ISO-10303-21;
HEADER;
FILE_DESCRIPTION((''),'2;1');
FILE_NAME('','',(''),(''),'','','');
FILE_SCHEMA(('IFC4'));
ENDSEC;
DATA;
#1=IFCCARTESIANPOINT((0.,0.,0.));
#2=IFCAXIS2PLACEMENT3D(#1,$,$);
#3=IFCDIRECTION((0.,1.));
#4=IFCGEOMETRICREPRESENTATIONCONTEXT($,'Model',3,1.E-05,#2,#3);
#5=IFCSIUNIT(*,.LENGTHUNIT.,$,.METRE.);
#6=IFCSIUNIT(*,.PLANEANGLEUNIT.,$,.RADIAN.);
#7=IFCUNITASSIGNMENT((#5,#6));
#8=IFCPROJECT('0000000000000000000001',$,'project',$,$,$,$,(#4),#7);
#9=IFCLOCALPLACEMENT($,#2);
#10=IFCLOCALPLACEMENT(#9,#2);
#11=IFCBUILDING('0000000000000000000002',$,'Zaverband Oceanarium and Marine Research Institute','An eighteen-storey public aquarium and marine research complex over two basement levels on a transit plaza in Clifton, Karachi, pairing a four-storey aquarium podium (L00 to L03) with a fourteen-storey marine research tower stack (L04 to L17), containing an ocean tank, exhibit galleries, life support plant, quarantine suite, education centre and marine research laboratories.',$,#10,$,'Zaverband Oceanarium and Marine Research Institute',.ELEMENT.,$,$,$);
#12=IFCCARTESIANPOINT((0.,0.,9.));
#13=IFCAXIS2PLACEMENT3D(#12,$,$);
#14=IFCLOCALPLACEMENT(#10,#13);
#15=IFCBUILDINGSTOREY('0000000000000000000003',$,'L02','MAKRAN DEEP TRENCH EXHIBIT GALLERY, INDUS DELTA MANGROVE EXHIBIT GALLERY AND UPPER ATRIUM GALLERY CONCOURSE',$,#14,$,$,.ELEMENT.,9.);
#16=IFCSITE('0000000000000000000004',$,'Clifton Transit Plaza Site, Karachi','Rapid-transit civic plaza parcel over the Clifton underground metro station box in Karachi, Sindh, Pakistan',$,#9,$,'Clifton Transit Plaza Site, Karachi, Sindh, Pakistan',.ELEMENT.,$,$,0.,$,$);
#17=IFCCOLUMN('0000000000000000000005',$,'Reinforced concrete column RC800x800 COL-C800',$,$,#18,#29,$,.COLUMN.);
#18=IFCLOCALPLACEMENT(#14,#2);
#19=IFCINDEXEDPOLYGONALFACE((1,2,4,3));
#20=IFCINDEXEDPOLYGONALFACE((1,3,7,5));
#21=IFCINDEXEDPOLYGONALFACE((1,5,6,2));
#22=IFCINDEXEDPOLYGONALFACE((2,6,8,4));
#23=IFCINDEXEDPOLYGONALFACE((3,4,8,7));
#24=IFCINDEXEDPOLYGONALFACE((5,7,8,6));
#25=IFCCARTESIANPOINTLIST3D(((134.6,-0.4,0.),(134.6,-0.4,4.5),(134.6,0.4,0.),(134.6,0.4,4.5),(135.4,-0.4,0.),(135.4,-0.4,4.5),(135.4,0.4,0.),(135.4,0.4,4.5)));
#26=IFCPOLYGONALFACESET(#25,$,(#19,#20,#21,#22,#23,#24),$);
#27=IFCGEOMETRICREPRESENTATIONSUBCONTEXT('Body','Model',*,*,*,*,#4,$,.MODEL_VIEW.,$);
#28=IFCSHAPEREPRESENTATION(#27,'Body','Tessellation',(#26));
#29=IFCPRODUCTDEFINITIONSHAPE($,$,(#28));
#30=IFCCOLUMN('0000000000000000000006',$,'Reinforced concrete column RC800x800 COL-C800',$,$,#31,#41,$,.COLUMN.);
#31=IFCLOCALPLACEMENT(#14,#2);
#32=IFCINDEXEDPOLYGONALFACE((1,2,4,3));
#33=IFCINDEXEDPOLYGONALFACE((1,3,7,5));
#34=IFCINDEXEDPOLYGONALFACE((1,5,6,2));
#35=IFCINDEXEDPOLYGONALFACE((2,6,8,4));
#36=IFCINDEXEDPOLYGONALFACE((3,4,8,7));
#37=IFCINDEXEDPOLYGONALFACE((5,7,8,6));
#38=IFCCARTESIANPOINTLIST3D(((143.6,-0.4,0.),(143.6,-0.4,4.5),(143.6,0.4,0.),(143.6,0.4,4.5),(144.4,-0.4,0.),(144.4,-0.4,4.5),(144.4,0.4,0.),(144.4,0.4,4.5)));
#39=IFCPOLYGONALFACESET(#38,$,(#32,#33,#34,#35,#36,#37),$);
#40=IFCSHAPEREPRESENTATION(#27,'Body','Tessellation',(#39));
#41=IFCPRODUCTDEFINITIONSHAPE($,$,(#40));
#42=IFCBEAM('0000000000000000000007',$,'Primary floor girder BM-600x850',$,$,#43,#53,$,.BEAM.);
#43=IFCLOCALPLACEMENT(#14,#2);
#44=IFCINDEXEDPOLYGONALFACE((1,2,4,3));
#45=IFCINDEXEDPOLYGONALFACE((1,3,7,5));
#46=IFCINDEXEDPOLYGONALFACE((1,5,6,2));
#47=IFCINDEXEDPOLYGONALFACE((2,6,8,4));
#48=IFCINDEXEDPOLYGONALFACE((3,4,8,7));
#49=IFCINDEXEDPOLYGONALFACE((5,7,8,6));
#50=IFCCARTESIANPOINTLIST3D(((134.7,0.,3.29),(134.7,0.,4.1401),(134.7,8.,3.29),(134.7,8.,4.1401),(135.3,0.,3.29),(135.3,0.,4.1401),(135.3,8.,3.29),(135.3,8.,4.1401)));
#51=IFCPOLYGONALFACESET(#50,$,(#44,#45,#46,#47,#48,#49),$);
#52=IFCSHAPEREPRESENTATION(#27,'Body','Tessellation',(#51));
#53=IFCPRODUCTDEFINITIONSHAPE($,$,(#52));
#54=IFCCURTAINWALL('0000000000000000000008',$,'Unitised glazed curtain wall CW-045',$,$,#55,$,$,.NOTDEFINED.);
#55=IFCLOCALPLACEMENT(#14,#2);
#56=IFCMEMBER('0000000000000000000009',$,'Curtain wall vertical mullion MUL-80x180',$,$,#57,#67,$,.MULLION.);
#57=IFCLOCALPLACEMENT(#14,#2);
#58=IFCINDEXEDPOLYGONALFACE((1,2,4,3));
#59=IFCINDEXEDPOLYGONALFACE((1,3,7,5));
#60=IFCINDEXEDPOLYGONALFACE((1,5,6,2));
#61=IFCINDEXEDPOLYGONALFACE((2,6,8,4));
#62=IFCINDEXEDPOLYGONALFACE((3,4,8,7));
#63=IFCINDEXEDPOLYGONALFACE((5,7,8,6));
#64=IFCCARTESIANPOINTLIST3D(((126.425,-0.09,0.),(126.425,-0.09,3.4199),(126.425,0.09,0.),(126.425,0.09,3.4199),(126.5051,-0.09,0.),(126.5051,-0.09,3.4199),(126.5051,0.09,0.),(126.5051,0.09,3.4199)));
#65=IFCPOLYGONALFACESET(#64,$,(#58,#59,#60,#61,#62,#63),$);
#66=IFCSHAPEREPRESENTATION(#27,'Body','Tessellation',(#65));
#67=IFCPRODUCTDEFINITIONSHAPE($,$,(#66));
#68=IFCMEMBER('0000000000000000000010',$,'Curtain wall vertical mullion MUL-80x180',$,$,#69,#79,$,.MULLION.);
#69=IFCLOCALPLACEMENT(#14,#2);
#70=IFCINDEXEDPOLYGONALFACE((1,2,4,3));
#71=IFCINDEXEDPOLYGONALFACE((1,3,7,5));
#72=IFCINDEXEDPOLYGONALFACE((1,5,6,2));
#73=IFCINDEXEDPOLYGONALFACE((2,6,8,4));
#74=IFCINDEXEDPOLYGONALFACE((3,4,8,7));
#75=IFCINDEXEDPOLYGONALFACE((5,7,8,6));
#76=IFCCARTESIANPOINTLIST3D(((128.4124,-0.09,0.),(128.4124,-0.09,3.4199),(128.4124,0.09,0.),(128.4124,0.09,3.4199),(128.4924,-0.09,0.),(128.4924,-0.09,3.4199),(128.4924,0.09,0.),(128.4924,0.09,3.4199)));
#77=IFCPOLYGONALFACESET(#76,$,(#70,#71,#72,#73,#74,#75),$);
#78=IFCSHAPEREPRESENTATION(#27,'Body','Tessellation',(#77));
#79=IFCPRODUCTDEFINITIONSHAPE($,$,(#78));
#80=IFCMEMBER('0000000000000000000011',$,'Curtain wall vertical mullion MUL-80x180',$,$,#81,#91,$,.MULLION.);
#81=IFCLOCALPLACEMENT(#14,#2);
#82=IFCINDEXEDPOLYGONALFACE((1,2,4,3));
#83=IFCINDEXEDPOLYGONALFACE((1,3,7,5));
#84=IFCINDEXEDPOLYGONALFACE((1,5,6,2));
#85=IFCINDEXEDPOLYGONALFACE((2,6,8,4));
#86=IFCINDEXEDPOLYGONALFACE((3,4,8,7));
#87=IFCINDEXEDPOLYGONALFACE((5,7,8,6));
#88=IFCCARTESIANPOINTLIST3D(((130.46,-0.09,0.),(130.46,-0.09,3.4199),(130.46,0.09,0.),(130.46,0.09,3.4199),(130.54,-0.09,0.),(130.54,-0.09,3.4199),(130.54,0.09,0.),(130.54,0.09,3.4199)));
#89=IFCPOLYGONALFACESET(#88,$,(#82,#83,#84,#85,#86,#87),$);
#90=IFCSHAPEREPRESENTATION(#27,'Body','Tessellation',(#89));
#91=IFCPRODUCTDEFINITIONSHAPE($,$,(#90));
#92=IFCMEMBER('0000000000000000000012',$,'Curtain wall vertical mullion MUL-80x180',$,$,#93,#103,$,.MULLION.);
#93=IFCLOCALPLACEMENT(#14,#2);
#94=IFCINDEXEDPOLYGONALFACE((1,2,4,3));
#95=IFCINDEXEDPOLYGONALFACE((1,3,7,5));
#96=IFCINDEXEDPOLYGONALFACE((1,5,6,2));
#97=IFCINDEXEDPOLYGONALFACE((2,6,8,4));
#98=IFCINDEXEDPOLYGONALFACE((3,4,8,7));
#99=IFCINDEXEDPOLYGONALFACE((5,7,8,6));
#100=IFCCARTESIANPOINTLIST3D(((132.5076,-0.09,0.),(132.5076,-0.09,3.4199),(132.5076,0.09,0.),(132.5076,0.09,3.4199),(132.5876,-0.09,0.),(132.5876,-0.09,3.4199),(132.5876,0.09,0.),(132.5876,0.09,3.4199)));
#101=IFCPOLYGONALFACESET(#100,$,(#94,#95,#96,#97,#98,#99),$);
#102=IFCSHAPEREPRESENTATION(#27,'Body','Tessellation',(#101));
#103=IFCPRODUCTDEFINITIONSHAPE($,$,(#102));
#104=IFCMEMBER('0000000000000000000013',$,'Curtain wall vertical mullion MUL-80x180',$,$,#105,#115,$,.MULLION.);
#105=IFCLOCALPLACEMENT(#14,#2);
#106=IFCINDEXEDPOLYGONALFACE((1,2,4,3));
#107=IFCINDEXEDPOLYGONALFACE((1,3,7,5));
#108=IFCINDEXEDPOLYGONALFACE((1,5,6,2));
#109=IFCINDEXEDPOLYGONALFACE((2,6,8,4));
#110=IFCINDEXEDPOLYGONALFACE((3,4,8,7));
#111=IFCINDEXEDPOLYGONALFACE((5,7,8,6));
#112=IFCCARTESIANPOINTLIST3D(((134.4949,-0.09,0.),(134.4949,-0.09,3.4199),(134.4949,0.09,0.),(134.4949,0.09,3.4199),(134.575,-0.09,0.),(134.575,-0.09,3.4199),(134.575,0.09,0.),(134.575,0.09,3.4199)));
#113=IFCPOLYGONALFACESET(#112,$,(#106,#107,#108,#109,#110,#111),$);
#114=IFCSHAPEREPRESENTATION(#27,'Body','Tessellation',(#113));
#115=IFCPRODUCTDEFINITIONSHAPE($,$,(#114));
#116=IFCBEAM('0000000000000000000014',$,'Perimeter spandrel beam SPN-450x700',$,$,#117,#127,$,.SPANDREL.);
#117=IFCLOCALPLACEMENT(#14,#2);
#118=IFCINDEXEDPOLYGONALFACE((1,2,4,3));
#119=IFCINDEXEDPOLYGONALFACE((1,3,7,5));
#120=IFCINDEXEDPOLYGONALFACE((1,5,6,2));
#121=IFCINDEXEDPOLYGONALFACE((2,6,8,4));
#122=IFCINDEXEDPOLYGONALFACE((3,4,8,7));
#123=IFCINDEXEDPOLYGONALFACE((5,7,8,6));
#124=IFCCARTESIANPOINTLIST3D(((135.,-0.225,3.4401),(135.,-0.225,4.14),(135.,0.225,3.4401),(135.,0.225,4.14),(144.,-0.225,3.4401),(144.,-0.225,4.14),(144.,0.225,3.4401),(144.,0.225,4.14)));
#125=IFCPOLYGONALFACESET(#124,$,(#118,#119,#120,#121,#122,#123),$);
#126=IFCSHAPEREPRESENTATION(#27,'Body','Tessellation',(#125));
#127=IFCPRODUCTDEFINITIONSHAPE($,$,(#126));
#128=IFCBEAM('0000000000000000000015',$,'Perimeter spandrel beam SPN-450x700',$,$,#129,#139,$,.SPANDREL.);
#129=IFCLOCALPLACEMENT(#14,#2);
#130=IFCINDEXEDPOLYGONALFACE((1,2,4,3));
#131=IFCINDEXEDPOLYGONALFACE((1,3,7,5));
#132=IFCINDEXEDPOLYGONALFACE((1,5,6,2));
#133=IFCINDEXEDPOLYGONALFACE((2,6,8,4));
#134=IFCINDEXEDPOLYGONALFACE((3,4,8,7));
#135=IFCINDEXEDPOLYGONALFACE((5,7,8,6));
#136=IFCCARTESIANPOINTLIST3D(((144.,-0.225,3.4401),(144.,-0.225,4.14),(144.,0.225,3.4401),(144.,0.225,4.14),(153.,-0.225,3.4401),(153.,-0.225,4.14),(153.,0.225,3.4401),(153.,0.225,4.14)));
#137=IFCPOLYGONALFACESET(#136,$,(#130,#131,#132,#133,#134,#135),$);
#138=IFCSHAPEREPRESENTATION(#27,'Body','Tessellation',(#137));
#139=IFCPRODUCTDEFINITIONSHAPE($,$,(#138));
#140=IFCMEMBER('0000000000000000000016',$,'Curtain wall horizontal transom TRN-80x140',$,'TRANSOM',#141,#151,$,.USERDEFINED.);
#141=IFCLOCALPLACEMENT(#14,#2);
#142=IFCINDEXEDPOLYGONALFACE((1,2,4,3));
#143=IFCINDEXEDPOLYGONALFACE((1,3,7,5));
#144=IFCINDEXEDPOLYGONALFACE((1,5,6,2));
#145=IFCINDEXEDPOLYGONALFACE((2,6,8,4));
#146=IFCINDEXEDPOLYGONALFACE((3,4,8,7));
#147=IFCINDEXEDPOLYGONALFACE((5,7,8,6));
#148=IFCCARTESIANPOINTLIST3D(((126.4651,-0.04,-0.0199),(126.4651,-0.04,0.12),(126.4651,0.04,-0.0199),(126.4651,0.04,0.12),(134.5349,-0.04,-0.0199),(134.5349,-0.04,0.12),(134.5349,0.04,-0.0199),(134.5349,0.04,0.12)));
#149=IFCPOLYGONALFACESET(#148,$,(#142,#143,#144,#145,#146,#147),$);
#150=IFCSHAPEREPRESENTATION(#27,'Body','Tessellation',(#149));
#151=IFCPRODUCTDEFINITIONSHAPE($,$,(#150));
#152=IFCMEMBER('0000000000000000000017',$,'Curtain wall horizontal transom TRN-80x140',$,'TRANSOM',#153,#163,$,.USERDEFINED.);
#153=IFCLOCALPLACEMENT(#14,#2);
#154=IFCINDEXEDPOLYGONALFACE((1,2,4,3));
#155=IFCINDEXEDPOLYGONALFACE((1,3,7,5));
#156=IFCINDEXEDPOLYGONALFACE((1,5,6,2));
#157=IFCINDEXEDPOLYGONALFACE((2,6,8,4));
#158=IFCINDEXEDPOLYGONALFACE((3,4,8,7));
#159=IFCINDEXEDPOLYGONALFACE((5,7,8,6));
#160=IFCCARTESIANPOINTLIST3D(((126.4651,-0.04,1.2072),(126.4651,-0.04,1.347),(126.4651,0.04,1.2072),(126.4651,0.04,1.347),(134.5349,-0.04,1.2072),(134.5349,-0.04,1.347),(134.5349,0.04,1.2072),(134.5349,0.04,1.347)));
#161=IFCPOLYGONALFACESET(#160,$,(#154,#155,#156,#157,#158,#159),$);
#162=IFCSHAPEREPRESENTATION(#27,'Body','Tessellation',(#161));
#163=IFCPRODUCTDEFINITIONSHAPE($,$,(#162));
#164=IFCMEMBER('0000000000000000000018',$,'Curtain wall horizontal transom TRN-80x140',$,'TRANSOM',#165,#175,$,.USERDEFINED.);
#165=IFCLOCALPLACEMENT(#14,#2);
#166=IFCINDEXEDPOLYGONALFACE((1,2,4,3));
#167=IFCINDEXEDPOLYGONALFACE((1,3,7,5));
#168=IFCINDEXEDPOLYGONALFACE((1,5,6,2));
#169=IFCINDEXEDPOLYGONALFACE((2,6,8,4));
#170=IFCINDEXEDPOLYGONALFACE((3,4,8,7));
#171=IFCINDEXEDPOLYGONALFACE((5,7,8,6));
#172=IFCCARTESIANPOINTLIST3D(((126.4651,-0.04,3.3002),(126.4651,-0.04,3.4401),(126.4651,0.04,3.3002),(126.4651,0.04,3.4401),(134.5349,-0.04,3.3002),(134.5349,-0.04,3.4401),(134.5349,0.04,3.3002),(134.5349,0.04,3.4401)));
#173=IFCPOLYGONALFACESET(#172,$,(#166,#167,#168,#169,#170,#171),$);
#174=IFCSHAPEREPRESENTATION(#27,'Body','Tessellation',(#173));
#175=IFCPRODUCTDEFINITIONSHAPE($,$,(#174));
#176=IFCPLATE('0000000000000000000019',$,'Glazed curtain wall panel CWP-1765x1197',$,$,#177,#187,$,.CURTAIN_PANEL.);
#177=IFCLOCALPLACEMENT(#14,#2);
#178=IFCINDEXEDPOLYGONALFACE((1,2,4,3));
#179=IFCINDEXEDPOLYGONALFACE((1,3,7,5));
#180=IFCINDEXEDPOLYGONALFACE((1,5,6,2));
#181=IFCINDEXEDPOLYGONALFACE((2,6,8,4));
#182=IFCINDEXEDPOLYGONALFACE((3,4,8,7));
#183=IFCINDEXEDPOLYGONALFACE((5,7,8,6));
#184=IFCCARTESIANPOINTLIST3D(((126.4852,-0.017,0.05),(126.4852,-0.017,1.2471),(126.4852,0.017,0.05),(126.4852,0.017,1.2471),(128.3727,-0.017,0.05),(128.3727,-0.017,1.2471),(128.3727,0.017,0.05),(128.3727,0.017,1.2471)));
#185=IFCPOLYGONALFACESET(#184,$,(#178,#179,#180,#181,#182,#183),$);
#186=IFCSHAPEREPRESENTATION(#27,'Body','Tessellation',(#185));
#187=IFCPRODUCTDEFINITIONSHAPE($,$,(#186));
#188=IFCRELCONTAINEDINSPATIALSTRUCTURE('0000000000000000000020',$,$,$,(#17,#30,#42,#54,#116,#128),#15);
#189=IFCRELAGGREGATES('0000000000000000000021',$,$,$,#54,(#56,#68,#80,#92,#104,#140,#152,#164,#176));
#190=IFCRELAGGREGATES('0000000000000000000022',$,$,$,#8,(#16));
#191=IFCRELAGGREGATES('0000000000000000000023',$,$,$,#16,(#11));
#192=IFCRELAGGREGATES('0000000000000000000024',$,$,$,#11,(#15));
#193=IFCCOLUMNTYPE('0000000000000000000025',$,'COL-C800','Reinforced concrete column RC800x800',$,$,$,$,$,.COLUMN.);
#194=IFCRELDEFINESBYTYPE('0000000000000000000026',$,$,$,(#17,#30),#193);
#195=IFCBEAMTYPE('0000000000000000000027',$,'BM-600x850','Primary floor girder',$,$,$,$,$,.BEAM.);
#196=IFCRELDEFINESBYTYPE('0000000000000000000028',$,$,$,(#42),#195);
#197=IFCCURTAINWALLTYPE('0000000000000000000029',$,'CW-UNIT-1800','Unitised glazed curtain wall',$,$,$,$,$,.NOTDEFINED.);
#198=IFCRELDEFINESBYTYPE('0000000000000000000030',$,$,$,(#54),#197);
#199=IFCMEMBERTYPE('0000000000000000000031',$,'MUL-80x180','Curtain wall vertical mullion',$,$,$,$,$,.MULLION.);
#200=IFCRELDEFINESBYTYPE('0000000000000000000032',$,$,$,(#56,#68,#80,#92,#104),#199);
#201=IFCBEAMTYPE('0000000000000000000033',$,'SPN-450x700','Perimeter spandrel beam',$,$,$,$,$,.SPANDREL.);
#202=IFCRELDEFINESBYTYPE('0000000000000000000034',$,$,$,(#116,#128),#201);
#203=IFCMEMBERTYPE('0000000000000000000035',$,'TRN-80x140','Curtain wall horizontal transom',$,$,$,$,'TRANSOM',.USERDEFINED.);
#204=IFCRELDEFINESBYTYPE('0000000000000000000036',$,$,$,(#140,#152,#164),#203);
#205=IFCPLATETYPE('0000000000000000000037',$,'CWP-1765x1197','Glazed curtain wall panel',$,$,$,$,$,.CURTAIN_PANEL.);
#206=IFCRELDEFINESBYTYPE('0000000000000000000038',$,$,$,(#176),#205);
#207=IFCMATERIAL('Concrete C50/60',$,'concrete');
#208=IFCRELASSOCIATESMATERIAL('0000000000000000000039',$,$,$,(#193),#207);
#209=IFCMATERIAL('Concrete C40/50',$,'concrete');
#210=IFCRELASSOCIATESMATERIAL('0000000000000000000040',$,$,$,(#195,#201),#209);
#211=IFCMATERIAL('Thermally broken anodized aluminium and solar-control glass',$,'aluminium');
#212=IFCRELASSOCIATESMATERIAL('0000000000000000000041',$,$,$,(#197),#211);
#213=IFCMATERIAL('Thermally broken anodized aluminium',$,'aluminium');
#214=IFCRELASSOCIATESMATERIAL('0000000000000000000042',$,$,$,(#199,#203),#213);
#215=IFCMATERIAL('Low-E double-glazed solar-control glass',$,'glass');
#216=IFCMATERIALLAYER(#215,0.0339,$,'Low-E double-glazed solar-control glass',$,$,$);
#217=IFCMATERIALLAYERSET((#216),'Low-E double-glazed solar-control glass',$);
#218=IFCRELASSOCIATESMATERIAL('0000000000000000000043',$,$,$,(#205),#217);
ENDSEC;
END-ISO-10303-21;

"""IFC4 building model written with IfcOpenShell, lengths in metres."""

from ifc_helpers import new_model, si_unit, direction, frame, frame_2d, origin, origin_2d, place, context, subcontext, project, spatial, rectangle, extrude, material, layer, layer_set, material_profile, profile_set, type_object, element, aggregate, save


model = new_model("IFC4")

# Units and contexts
model_context = context("Model", 3, precision=1e-05, world=origin(), true_north=direction((0.0, 1.0)))
body_context = subcontext(model_context, "Body", "Model", "MODEL_VIEW")
ifc_project = project(units=[si_unit("LENGTHUNIT", "METRE"), si_unit("PLANEANGLEUNIT", "RADIAN")], contexts=[model_context])

# Site, building, storey
site_placement = place(None, origin())
site = spatial("IfcSite", under=ifc_project, at=site_placement, Name="Clifton Transit Plaza Site, Karachi", Description="Rapid-transit civic plaza parcel over the Clifton underground metro station box in Karachi, Sindh, Pakistan", LongName="Clifton Transit Plaza Site, Karachi, Sindh, Pakistan", CompositionType="ELEMENT", RefElevation=0.0)
building_placement = place(site_placement, origin())
building = spatial("IfcBuilding", under=site, at=building_placement, Name="Zaverband Oceanarium and Marine Research Institute", Description="An eighteen-storey public aquarium and marine research complex over two basement levels on a transit plaza in Clifton, Karachi, pairing a four-storey aquarium podium (L00 to L03) with a fourteen-storey marine research tower stack (L04 to L17), containing an ocean tank, exhibit galleries, life support plant, quarantine suite, education centre and marine research laboratories.", LongName="Zaverband Oceanarium and Marine Research Institute", CompositionType="ELEMENT")
storey_placement = place(building_placement, frame((0.0, 0.0, 9.0)))
storey = spatial("IfcBuildingStorey", under=building, at=storey_placement, Name="L02", Description="MAKRAN DEEP TRENCH EXHIBIT GALLERY, INDUS DELTA MANGROVE EXHIBIT GALLERY AND UPPER ATRIUM GALLERY CONCOURSE", CompositionType="ELEMENT", Elevation=9.0)

# Columns
ifc_material_1 = material(Name="Concrete C50/60", Category="concrete")
ifc_material_profile_1 = material_profile(ifc_material_1, rectangle(XDim=0.8, YDim=0.8, at=origin_2d()), Name="RC800x800")
ifc_profile_set_1 = profile_set([ifc_material_profile_1], Name="Concrete C50/60")
column_type = type_object("IfcColumnType", Name="COL-C800", Description="Reinforced concrete column RC800x800", PredefinedType="COLUMN", material=ifc_profile_set_1)
for number, where, z_axis, x_axis, name in (
    (1, (135.0, 0.0, 0.0), (0.0, 0.0, 1.0), (1.0, 0.0, 0.0), "Reinforced concrete column RC800x800 COL-C800"),
    (2, (144.0, 0.0, 0.0), (0.0, 0.0, 1.0), (1.0, 0.0, 0.0), "Reinforced concrete column RC800x800 COL-C800"),
):
    element("IfcColumn", number, at=place(storey_placement, frame(where, z_axis=z_axis, x_axis=x_axis)), inside=storey, type_object=column_type, Name=name, PredefinedType="COLUMN", context=body_context, shape_type="SweptSolid", body=[
        extrude(rectangle(XDim=0.8, YDim=0.8, at=origin_2d()), origin(), (0.0, 0.0, 1.0), 4.5),
    ])

# Beam
ifc_material_2 = material(Name="Concrete C40/50", Category="concrete")
ifc_material_profile_2 = material_profile(ifc_material_2, rectangle(XDim=0.6001, YDim=0.8501, at=origin_2d()), Name="RC600x850")
ifc_profile_set_2 = profile_set([ifc_material_profile_2], Name="Concrete C40/50")
beam_type_1 = type_object("IfcBeamType", Name="BM-600x850", Description="Primary floor girder", PredefinedType="BEAM", material=ifc_profile_set_2)
beam_placement = place(storey_placement, frame((135.0, 0.0, 3.7151), z_axis=(0.0, 1.0, 0.0), x_axis=(-1.0, 0.0, 0.0)))
element("IfcBeam", 3, at=beam_placement, inside=storey, type_object=beam_type_1, Name="Primary floor girder BM-600x850", PredefinedType="BEAM", context=body_context, shape_type="SweptSolid", body=[
    extrude(rectangle(XDim=0.6001, YDim=0.8501, at=origin_2d()), origin(), (0.0, 0.0, 1.0), 8.0),
])

# Curtain wall, members
ifc_material_3 = material(Name="Thermally broken anodized aluminium and solar-control glass", Category="aluminium")
curtain_wall_type = type_object("IfcCurtainWallType", Name="CW-UNIT-1800", Description="Unitised glazed curtain wall", PredefinedType="NOTDEFINED", material=ifc_material_3)
curtain_wall_placement = place(storey_placement, origin())
curtain_wall = element("IfcCurtainWall", 4, at=curtain_wall_placement, inside=storey, type_object=curtain_wall_type, Name="Unitised glazed curtain wall CW-045", PredefinedType="NOTDEFINED")
ifc_material_4 = material(Name="Thermally broken anodized aluminium", Category="aluminium")
ifc_material_profile_3 = material_profile(ifc_material_4, rectangle(XDim=0.0801, YDim=0.1799, at=origin_2d()), Name="AL-MUL-80x180")
ifc_profile_set_3 = profile_set([ifc_material_profile_3], Name="Thermally broken anodized aluminium")
member_type_1 = type_object("IfcMemberType", Name="MUL-80x180", Description="Curtain wall vertical mullion", PredefinedType="MULLION", material=ifc_profile_set_3)
member_1_placement = place(storey_placement, frame((126.4651, 0.0, 0.0), z_axis=(0.0, 0.0, 1.0), x_axis=(1.0, 0.0, 0.0)))
member_1 = element("IfcMember", 5, at=member_1_placement, type_object=member_type_1, Name="Curtain wall vertical mullion MUL-80x180", PredefinedType="MULLION", context=body_context, shape_type="SweptSolid", body=[
    extrude(rectangle(XDim=0.0801, YDim=0.1799, at=origin_2d()), origin(), (0.0, 0.0, 1.0), 3.4199),
])
member_2_placement = place(storey_placement, frame((128.4524, 0.0, 0.0), z_axis=(0.0, 0.0, 1.0), x_axis=(1.0, 0.0, 0.0)))
member_2 = element("IfcMember", 6, at=member_2_placement, type_object=member_type_1, Name="Curtain wall vertical mullion MUL-80x180", PredefinedType="MULLION", context=body_context, shape_type="SweptSolid", body=[
    extrude(rectangle(XDim=0.0801, YDim=0.1799, at=origin_2d()), origin(), (0.0, 0.0, 1.0), 3.4199),
])
member_3_placement = place(storey_placement, frame((130.5, 0.0, 0.0), z_axis=(0.0, 0.0, 1.0), x_axis=(1.0, 0.0, 0.0)))
member_3 = element("IfcMember", 7, at=member_3_placement, type_object=member_type_1, Name="Curtain wall vertical mullion MUL-80x180", PredefinedType="MULLION", context=body_context, shape_type="SweptSolid", body=[
    extrude(rectangle(XDim=0.0801, YDim=0.1799, at=origin_2d()), origin(), (0.0, 0.0, 1.0), 3.4199),
])
member_4_placement = place(storey_placement, frame((132.5476, 0.0, 0.0), z_axis=(0.0, 0.0, 1.0), x_axis=(1.0, 0.0, 0.0)))
member_4 = element("IfcMember", 8, at=member_4_placement, type_object=member_type_1, Name="Curtain wall vertical mullion MUL-80x180", PredefinedType="MULLION", context=body_context, shape_type="SweptSolid", body=[
    extrude(rectangle(XDim=0.0801, YDim=0.1799, at=origin_2d()), origin(), (0.0, 0.0, 1.0), 3.4199),
])
member_5_placement = place(storey_placement, frame((134.5349, 0.0, 0.0), z_axis=(0.0, 0.0, 1.0), x_axis=(1.0, 0.0, 0.0)))
member_5 = element("IfcMember", 9, at=member_5_placement, type_object=member_type_1, Name="Curtain wall vertical mullion MUL-80x180", PredefinedType="MULLION", context=body_context, shape_type="SweptSolid", body=[
    extrude(rectangle(XDim=0.0801, YDim=0.1799, at=origin_2d()), origin(), (0.0, 0.0, 1.0), 3.4199),
])

# Beams
ifc_material_profile_4 = material_profile(ifc_material_2, rectangle(XDim=0.45, YDim=0.7, at=origin_2d()), Name="RC450x700")
ifc_profile_set_4 = profile_set([ifc_material_profile_4], Name="Concrete C40/50")
beam_type_2 = type_object("IfcBeamType", Name="SPN-450x700", Description="Perimeter spandrel beam", PredefinedType="SPANDREL", material=ifc_profile_set_4)
for number, where, z_axis, x_axis, name in (
    (10, (135.0, 0.0, 3.79), (1.0, 0.0, 0.0), (0.0, 1.0, 0.0), "Perimeter spandrel beam SPN-450x700"),
    (11, (144.0, 0.0, 3.79), (1.0, 0.0, 0.0), (0.0, 1.0, 0.0), "Perimeter spandrel beam SPN-450x700"),
):
    element("IfcBeam", number, at=place(storey_placement, frame(where, z_axis=z_axis, x_axis=x_axis)), inside=storey, type_object=beam_type_2, Name=name, PredefinedType="SPANDREL", context=body_context, shape_type="SweptSolid", body=[
        extrude(rectangle(XDim=0.45, YDim=0.7, at=origin_2d()), origin(), (0.0, 0.0, 1.0), 9.0),
    ])

# Members
ifc_material_profile_5 = material_profile(ifc_material_4, rectangle(XDim=0.0801, YDim=0.1399, at=origin_2d()), Name="AL-TRN-80x140")
ifc_profile_set_5 = profile_set([ifc_material_profile_5], Name="Thermally broken anodized aluminium")
member_type_2 = type_object("IfcMemberType", Name="TRN-80x140", Description="Curtain wall horizontal transom", ElementType="TRANSOM", PredefinedType="USERDEFINED", material=ifc_profile_set_5)
member_6_placement = place(storey_placement, frame((126.4651, 0.0, 0.05), z_axis=(1.0, 0.0, 0.0), x_axis=(0.0, 1.0, 0.0)))
member_6 = element("IfcMember", 12, at=member_6_placement, type_object=member_type_2, Name="Curtain wall horizontal transom TRN-80x140", ObjectType="TRANSOM", PredefinedType="USERDEFINED", context=body_context, shape_type="SweptSolid", body=[
    extrude(rectangle(XDim=0.0801, YDim=0.1399, at=origin_2d()), origin(), (0.0, 0.0, 1.0), 8.0698),
])
member_7_placement = place(storey_placement, frame((126.4651, 0.0, 1.2771), z_axis=(1.0, 0.0, 0.0), x_axis=(0.0, 1.0, 0.0)))
member_7 = element("IfcMember", 13, at=member_7_placement, type_object=member_type_2, Name="Curtain wall horizontal transom TRN-80x140", ObjectType="TRANSOM", PredefinedType="USERDEFINED", context=body_context, shape_type="SweptSolid", body=[
    extrude(rectangle(XDim=0.0801, YDim=0.1399, at=origin_2d()), origin(), (0.0, 0.0, 1.0), 8.0698),
])
member_8_placement = place(storey_placement, frame((126.4651, 0.0, 3.3701), z_axis=(1.0, 0.0, 0.0), x_axis=(0.0, 1.0, 0.0)))
member_8 = element("IfcMember", 14, at=member_8_placement, type_object=member_type_2, Name="Curtain wall horizontal transom TRN-80x140", ObjectType="TRANSOM", PredefinedType="USERDEFINED", context=body_context, shape_type="SweptSolid", body=[
    extrude(rectangle(XDim=0.0801, YDim=0.1399, at=origin_2d()), origin(), (0.0, 0.0, 1.0), 8.0698),
])

# Plate
ifc_material_5 = material(Name="Low-E double-glazed solar-control glass", Category="glass")
ifc_layer_1 = layer(ifc_material_5, 0.0339, Name="Low-E double-glazed solar-control glass")
ifc_layer_set_1 = layer_set([ifc_layer_1], Name="Low-E double-glazed solar-control glass")
plate_type_1 = type_object("IfcPlateType", Name="CWP-1765x1197", Description="Glazed curtain wall panel", PredefinedType="CURTAIN_PANEL", material=ifc_layer_set_1)
plate_1_placement = place(storey_placement, frame((126.4851, 0.0, 0.05), z_axis=(0.0, 0.0, 1.0), x_axis=(1.0, 0.0, 0.0)))
plate_1 = element("IfcPlate", 15, at=plate_1_placement, type_object=plate_type_1, Name="Glazed curtain wall panel CWP-1765x1197", PredefinedType="CURTAIN_PANEL", context=body_context, shape_type="SweptSolid", body=[
    extrude(rectangle(XDim=1.8875, YDim=0.0339, at=frame_2d((0.9438, 0.0))), origin(), (0.0, 0.0, 1.0), 1.197),
])
aggregate(curtain_wall, [member_1, member_2, member_3, member_4, member_5, member_6, member_7, member_8, plate_1])

save(model, "model.ifc")
